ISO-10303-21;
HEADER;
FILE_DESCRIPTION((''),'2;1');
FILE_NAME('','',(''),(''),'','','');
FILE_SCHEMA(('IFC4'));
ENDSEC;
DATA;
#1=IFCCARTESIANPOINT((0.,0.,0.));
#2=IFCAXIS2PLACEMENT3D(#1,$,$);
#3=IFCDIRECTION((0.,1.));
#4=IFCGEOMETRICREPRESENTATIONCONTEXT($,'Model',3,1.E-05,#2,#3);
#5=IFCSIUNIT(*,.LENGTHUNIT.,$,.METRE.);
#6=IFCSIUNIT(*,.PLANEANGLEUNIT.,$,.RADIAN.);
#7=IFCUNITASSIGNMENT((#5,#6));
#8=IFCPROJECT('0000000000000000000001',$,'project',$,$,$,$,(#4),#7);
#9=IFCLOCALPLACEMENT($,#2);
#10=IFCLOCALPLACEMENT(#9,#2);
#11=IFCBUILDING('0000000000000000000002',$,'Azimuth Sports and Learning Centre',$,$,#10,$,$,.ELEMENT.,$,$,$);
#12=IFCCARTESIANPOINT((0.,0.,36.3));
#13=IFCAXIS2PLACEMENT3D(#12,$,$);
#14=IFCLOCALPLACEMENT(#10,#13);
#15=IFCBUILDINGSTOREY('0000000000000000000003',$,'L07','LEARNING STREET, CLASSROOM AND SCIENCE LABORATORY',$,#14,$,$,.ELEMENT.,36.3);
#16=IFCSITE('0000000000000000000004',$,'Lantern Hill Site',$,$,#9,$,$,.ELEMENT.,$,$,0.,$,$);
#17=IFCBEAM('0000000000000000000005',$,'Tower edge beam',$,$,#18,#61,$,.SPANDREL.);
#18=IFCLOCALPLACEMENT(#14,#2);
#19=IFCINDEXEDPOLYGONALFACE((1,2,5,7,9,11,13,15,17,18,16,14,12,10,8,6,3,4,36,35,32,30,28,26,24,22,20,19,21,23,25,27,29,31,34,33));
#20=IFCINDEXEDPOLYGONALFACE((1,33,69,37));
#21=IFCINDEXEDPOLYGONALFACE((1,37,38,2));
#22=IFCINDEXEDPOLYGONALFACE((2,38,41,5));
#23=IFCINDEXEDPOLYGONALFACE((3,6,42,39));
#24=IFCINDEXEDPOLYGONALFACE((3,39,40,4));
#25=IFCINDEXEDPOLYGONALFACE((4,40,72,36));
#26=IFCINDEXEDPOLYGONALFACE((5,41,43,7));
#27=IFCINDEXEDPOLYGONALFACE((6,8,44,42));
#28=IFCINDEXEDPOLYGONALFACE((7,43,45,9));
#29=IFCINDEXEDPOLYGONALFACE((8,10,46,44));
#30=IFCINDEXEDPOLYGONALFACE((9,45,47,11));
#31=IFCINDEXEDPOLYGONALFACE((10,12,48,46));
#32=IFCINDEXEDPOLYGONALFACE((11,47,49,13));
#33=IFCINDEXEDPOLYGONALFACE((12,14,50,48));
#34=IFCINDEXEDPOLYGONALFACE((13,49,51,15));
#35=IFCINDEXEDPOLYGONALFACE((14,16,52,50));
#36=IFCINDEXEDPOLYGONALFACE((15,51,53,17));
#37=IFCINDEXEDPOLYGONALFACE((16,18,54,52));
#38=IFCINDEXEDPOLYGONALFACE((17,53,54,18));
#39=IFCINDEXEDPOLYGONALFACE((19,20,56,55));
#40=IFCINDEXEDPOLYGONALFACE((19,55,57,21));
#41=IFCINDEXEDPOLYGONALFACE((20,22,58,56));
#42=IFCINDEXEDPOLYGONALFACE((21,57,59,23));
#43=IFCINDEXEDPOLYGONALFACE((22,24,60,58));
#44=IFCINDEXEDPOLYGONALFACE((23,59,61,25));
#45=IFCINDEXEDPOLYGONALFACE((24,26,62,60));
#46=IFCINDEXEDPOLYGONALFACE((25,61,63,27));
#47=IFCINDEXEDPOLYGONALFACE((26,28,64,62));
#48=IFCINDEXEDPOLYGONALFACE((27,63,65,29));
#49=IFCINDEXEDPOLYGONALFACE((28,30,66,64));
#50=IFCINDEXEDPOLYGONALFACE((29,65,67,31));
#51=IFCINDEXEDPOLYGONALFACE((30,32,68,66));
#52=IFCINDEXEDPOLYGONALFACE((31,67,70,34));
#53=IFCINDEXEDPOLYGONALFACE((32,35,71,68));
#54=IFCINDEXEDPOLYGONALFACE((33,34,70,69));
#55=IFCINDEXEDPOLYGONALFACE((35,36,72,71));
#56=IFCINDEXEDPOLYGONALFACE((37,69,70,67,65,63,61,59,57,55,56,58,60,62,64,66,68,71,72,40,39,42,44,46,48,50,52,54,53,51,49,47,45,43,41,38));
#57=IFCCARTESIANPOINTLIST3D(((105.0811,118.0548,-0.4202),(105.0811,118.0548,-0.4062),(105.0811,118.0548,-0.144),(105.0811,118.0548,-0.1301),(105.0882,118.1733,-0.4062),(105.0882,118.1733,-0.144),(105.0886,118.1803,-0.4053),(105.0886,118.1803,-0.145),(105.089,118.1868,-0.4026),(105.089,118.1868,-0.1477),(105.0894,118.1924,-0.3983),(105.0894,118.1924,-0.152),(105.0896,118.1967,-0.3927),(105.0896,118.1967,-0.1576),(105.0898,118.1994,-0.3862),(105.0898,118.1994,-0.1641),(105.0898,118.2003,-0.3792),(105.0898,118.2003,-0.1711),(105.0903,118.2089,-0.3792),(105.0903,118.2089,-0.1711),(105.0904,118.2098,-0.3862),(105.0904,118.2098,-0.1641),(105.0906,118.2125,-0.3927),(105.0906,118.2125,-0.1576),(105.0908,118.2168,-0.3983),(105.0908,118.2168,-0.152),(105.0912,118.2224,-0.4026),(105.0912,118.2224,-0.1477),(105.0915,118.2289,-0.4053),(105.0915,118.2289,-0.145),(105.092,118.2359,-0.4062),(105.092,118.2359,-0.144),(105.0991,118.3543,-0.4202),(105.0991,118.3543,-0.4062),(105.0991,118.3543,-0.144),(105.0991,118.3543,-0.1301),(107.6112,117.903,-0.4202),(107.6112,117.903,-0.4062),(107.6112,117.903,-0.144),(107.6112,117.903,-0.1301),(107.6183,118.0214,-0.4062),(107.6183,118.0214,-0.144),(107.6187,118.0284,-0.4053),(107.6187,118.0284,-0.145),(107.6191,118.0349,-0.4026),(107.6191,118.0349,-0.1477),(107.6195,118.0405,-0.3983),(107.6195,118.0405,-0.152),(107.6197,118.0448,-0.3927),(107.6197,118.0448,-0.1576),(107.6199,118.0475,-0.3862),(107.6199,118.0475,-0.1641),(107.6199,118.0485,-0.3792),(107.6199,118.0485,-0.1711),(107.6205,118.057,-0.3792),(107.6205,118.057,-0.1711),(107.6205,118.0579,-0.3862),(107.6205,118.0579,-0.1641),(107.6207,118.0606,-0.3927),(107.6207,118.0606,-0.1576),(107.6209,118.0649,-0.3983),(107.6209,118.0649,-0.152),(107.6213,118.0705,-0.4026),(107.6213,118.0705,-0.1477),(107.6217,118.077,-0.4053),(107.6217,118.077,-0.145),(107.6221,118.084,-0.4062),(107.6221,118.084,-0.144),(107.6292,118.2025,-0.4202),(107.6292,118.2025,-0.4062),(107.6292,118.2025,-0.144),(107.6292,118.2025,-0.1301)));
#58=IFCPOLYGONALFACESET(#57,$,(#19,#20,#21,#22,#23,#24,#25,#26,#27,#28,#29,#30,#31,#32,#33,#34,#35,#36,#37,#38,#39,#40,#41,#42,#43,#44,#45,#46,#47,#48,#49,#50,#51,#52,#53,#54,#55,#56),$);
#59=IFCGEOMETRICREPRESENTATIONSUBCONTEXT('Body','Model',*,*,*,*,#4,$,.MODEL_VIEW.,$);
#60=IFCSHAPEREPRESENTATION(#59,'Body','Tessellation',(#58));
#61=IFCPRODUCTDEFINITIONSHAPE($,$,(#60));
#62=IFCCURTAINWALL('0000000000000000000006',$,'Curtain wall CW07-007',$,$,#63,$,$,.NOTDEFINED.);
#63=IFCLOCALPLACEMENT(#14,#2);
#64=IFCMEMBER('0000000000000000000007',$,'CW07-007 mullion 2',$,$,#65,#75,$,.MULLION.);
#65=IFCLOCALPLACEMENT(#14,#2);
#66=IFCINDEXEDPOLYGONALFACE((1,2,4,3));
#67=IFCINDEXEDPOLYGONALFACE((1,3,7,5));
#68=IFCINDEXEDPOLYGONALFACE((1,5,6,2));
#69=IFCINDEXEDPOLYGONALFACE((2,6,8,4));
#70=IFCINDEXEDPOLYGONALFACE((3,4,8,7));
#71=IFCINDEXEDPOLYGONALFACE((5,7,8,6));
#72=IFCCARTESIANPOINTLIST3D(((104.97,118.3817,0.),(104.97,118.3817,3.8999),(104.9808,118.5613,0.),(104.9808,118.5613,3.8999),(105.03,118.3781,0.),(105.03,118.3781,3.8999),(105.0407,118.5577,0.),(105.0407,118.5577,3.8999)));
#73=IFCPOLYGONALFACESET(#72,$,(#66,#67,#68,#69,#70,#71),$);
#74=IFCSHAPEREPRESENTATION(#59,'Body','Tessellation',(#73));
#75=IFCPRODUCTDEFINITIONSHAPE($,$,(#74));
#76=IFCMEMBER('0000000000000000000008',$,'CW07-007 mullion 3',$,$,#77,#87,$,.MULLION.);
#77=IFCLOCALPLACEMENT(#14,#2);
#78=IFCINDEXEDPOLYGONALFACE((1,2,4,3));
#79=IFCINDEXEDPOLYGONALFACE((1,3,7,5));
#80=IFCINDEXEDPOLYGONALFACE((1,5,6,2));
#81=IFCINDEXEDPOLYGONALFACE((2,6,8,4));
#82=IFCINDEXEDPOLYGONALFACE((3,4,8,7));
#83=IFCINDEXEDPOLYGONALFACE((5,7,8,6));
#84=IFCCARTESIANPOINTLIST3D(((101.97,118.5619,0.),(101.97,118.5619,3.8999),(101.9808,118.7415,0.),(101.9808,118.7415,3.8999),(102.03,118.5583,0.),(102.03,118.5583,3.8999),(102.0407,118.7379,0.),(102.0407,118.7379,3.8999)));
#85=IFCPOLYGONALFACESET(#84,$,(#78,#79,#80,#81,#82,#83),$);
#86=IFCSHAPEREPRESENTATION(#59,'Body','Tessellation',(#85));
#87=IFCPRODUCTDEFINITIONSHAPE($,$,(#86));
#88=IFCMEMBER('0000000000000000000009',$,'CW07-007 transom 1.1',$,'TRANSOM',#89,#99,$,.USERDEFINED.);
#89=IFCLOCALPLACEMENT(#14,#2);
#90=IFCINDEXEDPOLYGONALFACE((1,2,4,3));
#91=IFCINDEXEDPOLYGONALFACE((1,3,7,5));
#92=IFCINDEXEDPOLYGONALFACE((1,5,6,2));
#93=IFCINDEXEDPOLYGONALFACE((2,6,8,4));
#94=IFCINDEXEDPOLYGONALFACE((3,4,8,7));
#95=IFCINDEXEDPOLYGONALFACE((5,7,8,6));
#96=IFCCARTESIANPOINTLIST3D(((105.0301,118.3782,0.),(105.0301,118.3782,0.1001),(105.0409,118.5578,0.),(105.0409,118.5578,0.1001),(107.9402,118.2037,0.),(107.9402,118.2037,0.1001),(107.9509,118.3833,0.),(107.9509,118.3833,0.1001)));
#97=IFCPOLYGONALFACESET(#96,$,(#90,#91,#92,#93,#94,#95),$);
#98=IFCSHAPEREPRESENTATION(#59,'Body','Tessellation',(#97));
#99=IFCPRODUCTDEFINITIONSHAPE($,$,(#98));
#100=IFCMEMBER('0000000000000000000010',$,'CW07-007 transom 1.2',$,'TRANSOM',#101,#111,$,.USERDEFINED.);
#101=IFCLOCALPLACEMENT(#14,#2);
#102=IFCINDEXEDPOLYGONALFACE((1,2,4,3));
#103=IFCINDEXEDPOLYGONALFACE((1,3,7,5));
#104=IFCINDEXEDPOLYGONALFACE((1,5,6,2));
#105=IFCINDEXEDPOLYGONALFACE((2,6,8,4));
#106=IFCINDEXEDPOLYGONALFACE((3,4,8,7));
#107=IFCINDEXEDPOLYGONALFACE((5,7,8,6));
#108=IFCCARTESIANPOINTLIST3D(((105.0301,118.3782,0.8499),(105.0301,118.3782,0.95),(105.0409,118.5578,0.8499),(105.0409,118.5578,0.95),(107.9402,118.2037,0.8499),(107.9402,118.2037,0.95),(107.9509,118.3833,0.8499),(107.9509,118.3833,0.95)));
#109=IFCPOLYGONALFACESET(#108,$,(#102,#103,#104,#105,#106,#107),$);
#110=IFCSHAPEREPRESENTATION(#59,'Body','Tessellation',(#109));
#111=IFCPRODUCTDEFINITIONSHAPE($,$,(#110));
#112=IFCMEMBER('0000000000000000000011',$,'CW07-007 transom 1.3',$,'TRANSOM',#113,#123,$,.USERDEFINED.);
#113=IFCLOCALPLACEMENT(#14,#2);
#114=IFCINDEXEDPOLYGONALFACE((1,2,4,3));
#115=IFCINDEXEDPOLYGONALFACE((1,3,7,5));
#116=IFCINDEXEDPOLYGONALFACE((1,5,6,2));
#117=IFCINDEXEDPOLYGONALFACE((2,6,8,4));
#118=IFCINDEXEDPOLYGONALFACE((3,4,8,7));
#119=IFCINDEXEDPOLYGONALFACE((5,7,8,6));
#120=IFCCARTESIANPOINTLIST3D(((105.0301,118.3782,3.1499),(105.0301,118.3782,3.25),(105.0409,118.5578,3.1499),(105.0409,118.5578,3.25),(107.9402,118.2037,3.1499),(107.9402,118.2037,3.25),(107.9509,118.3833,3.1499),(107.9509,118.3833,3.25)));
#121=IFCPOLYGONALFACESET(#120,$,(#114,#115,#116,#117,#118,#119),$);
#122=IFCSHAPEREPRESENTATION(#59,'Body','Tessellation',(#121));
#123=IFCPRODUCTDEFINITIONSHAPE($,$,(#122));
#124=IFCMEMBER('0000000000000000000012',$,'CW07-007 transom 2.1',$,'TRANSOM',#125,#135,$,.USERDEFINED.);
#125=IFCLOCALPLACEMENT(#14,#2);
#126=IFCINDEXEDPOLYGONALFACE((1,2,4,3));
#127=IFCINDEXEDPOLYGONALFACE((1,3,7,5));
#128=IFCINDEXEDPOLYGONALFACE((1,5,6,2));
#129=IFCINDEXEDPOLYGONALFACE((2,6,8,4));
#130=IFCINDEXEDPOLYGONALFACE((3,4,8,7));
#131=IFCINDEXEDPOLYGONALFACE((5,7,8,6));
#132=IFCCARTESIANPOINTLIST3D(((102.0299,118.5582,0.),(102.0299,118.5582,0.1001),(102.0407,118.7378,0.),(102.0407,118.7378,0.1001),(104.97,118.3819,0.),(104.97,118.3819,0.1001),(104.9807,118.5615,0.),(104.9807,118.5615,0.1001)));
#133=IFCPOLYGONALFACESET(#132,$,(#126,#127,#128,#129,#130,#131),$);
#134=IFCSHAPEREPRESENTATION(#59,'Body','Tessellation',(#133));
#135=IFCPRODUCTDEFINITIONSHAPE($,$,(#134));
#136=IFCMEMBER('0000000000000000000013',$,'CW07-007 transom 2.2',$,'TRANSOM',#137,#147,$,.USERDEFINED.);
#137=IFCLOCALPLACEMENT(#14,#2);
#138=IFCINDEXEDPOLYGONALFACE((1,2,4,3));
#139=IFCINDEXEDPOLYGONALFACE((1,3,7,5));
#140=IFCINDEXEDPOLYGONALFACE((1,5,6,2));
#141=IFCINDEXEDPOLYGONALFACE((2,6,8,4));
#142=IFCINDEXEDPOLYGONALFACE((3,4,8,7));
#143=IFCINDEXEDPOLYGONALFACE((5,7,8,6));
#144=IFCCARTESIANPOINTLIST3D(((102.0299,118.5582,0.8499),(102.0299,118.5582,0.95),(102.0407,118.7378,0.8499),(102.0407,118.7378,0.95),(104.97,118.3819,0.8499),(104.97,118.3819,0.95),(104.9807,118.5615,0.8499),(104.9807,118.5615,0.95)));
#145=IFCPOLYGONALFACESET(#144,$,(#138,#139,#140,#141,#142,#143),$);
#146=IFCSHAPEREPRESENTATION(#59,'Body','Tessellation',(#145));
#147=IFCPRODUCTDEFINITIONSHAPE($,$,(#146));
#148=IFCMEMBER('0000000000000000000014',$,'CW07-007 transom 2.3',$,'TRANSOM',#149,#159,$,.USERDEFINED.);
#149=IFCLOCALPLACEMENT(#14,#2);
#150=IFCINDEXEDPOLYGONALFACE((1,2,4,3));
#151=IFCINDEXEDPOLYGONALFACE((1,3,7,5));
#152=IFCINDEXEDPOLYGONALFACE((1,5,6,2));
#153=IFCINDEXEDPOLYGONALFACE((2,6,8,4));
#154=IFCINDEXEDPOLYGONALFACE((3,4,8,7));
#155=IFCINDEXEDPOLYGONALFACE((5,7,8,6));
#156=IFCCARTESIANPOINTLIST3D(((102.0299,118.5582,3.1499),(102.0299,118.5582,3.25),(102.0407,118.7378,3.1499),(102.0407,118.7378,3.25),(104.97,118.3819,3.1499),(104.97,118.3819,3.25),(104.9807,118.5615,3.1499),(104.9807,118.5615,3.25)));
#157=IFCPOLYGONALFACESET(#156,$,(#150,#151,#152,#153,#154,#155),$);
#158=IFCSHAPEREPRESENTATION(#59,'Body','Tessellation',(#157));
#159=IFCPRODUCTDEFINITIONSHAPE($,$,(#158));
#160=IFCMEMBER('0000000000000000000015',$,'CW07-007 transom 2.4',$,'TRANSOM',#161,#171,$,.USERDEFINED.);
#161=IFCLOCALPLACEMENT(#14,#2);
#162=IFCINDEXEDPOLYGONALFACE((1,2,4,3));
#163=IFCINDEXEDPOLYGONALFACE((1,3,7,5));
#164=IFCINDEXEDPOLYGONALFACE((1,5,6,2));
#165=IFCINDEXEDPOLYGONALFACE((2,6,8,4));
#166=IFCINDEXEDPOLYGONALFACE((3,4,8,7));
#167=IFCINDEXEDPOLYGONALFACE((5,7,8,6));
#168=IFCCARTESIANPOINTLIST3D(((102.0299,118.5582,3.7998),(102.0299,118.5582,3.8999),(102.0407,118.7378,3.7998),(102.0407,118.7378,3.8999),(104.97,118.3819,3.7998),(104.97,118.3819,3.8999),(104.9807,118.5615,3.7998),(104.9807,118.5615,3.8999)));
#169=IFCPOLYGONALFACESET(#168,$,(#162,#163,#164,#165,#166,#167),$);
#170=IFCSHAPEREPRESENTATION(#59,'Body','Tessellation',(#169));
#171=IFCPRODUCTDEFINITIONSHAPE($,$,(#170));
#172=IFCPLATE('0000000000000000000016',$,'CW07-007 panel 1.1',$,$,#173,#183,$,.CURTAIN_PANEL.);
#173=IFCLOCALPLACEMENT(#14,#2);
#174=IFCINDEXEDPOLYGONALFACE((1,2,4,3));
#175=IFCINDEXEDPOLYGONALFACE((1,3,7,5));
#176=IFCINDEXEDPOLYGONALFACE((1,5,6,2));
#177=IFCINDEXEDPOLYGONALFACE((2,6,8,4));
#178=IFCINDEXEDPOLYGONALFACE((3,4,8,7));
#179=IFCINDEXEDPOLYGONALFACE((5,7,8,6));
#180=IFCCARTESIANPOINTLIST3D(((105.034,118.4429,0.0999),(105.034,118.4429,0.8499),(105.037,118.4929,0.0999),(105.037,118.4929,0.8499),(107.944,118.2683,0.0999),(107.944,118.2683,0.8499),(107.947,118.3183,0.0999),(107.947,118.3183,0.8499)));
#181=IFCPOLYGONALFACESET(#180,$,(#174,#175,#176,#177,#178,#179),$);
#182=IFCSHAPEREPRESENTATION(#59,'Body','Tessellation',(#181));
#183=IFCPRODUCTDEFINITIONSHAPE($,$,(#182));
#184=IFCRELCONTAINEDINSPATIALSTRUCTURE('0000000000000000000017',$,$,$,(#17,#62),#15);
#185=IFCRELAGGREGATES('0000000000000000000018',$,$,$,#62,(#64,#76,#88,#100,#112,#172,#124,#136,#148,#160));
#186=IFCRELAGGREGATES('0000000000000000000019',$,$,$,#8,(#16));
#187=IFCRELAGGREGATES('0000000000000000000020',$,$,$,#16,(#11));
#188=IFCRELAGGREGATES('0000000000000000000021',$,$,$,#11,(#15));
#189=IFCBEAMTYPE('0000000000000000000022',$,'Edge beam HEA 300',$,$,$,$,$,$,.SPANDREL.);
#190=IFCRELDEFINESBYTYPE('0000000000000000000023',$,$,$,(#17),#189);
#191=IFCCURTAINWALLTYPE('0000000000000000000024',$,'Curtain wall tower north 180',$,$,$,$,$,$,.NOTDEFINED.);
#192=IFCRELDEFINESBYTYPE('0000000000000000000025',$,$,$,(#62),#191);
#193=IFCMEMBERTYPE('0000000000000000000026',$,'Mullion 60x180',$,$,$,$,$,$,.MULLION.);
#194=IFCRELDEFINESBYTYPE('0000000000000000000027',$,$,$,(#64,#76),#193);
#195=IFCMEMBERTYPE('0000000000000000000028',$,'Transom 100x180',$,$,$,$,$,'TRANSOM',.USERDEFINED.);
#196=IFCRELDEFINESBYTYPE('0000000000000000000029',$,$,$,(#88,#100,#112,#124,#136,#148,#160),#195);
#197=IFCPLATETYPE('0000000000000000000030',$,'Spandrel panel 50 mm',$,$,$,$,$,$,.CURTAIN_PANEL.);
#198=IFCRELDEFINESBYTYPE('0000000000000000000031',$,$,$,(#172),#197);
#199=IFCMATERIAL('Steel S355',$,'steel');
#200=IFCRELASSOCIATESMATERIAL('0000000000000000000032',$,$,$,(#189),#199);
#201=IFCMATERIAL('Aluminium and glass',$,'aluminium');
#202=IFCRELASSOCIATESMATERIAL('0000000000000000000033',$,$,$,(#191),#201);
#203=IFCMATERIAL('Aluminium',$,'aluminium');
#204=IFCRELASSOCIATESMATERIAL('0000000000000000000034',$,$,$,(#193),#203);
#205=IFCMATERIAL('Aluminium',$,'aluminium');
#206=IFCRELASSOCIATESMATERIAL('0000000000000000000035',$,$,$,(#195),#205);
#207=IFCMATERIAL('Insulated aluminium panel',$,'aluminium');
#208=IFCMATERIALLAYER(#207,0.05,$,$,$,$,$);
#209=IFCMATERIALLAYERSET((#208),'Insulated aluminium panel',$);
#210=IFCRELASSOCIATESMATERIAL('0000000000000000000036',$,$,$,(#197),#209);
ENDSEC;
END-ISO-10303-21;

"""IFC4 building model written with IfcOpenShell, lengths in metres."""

from ifc_helpers import new_model, si_unit, direction, frame, origin, origin_2d, place, context, subcontext, project, spatial, rectangle, i_section, extrude, material, layer, layer_set, material_profile, profile_set, type_object, element, aggregate, save


model = new_model("IFC4")

# Units and contexts
model_context = context("Model", 3, precision=1e-05, world=origin(), true_north=direction((0.0, 1.0)))
body_context = subcontext(model_context, "Body", "Model", "MODEL_VIEW")
ifc_project = project(units=[si_unit("LENGTHUNIT", "METRE"), si_unit("PLANEANGLEUNIT", "RADIAN")], contexts=[model_context])

# Site, building, storey
site_placement = place(None, origin())
site = spatial("IfcSite", under=ifc_project, at=site_placement, Name="Lantern Hill Site", CompositionType="ELEMENT", RefElevation=0.0)
building_placement = place(site_placement, origin())
building = spatial("IfcBuilding", under=site, at=building_placement, Name="Azimuth Sports and Learning Centre", CompositionType="ELEMENT")
storey_placement = place(building_placement, frame((0.0, 0.0, 36.3)))
storey = spatial("IfcBuildingStorey", under=building, at=storey_placement, Name="L07", Description="LEARNING STREET, CLASSROOM AND SCIENCE LABORATORY", CompositionType="ELEMENT", Elevation=36.3)

# Beam
ifc_material_1 = material(Name="Steel S355", Category="steel")
ifc_material_profile_1 = material_profile(ifc_material_1, i_section(OverallWidth=0.3, OverallDepth=0.29, WebThickness=0.0085, FlangeThickness=0.0139, FilletRadius=0.0271, at=origin_2d()), Name="HEA 300")
ifc_profile_set_1 = profile_set([ifc_material_profile_1], Name="Steel S355")
beam_type_1 = type_object("IfcBeamType", Name="Edge beam HEA 300", PredefinedType="SPANDREL", material=ifc_profile_set_1)
beam_1_placement = place(storey_placement, frame((105.0901, 118.2046, -0.2751), z_axis=(0.998204, -0.059913, 0.0), x_axis=(0.059913, 0.998204, 0.0)))
element("IfcBeam", 1, at=beam_1_placement, inside=storey, type_object=beam_type_1, Name="Tower edge beam", PredefinedType="SPANDREL", context=body_context, shape_type="SweptSolid", body=[
    extrude(i_section(OverallWidth=0.3, OverallDepth=0.29, WebThickness=0.0085, FlangeThickness=0.0139, FilletRadius=0.0271, at=origin_2d()), origin(), (0.0, 0.0, 1.0), 2.5347),
])

# Curtain wall, members, plate
ifc_material_2 = material(Name="Aluminium and glass", Category="aluminium")
curtain_wall_type = type_object("IfcCurtainWallType", Name="Curtain wall tower north 180", PredefinedType="NOTDEFINED", material=ifc_material_2)
curtain_wall_placement = place(storey_placement, origin())
curtain_wall = element("IfcCurtainWall", 2, at=curtain_wall_placement, inside=storey, type_object=curtain_wall_type, Name="Curtain wall CW07-007", PredefinedType="NOTDEFINED")
ifc_material_3 = material(Name="Aluminium", Category="aluminium")
ifc_material_profile_2 = material_profile(ifc_material_3, rectangle(XDim=0.1799, YDim=0.0601, at=origin_2d()), Name="Mullion 60x180")
ifc_profile_set_2 = profile_set([ifc_material_profile_2], Name="Aluminium")
member_type_1 = type_object("IfcMemberType", Name="Mullion 60x180", PredefinedType="MULLION", material=ifc_profile_set_2)
member_1_placement = place(storey_placement, frame((105.0054, 118.4697, 0.0), z_axis=(0.0, 0.0, 1.0), x_axis=(-0.059892, -0.998205, 0.0)))
member_1 = element("IfcMember", 3, at=member_1_placement, type_object=member_type_1, Name="CW07-007 mullion 2", PredefinedType="MULLION", context=body_context, shape_type="SweptSolid", body=[
    extrude(rectangle(XDim=0.1799, YDim=0.0601, at=origin_2d()), origin(), (0.0, 0.0, 1.0), 3.8999),
])
member_2_placement = place(storey_placement, frame((102.0054, 118.6499, 0.0), z_axis=(0.0, 0.0, 1.0), x_axis=(-0.059892, -0.998205, 0.0)))
member_2 = element("IfcMember", 4, at=member_2_placement, type_object=member_type_1, Name="CW07-007 mullion 3", PredefinedType="MULLION", context=body_context, shape_type="SweptSolid", body=[
    extrude(rectangle(XDim=0.1799, YDim=0.0601, at=origin_2d()), origin(), (0.0, 0.0, 1.0), 3.8999),
])
ifc_material_4 = material(Name="Aluminium", Category="aluminium")
ifc_material_profile_3 = material_profile(ifc_material_4, rectangle(XDim=0.1799, YDim=0.1001, at=origin_2d()), Name="Transom 100x180")
ifc_profile_set_3 = profile_set([ifc_material_profile_3], Name="Aluminium")
member_type_2 = type_object("IfcMemberType", Name="Transom 100x180", ElementType="TRANSOM", PredefinedType="USERDEFINED", material=ifc_profile_set_3)
member_3_placement = place(storey_placement, frame((107.9456, 118.2935, 0.05), z_axis=(-0.998206, 0.059876, 0.0), x_axis=(-0.059876, -0.998206, 0.0)))
member_3 = element("IfcMember", 5, at=member_3_placement, type_object=member_type_2, Name="CW07-007 transom 1.1", ObjectType="TRANSOM", PredefinedType="USERDEFINED", context=body_context, shape_type="SweptSolid", body=[
    extrude(rectangle(XDim=0.1799, YDim=0.1001, at=origin_2d()), origin(), (0.0, 0.0, 1.0), 2.9153),
])
member_4_placement = place(storey_placement, frame((107.9456, 118.2935, 0.8999), z_axis=(-0.998206, 0.059876, 0.0), x_axis=(-0.059876, -0.998206, 0.0)))
member_4 = element("IfcMember", 6, at=member_4_placement, type_object=member_type_2, Name="CW07-007 transom 1.2", ObjectType="TRANSOM", PredefinedType="USERDEFINED", context=body_context, shape_type="SweptSolid", body=[
    extrude(rectangle(XDim=0.1799, YDim=0.1001, at=origin_2d()), origin(), (0.0, 0.0, 1.0), 2.9153),
])
member_5_placement = place(storey_placement, frame((107.9456, 118.2935, 3.2), z_axis=(-0.998206, 0.059876, 0.0), x_axis=(-0.059876, -0.998206, 0.0)))
member_5 = element("IfcMember", 7, at=member_5_placement, type_object=member_type_2, Name="CW07-007 transom 1.3", ObjectType="TRANSOM", PredefinedType="USERDEFINED", context=body_context, shape_type="SweptSolid", body=[
    extrude(rectangle(XDim=0.1799, YDim=0.1001, at=origin_2d()), origin(), (0.0, 0.0, 1.0), 2.9153),
])
member_6_placement = place(storey_placement, frame((104.9753, 118.4717, 0.05), z_axis=(-0.998207, 0.059849, 0.0), x_axis=(-0.059849, -0.998207, 0.0)))
member_6 = element("IfcMember", 8, at=member_6_placement, type_object=member_type_2, Name="CW07-007 transom 2.1", ObjectType="TRANSOM", PredefinedType="USERDEFINED", context=body_context, shape_type="SweptSolid", body=[
    extrude(rectangle(XDim=0.1799, YDim=0.1001, at=origin_2d()), origin(), (0.0, 0.0, 1.0), 2.9453),
])
member_7_placement = place(storey_placement, frame((104.9753, 118.4717, 0.8999), z_axis=(-0.998207, 0.059849, 0.0), x_axis=(-0.059849, -0.998207, 0.0)))
member_7 = element("IfcMember", 9, at=member_7_placement, type_object=member_type_2, Name="CW07-007 transom 2.2", ObjectType="TRANSOM", PredefinedType="USERDEFINED", context=body_context, shape_type="SweptSolid", body=[
    extrude(rectangle(XDim=0.1799, YDim=0.1001, at=origin_2d()), origin(), (0.0, 0.0, 1.0), 2.9453),
])
member_8_placement = place(storey_placement, frame((104.9753, 118.4717, 3.2), z_axis=(-0.998207, 0.059849, 0.0), x_axis=(-0.059849, -0.998207, 0.0)))
member_8 = element("IfcMember", 10, at=member_8_placement, type_object=member_type_2, Name="CW07-007 transom 2.3", ObjectType="TRANSOM", PredefinedType="USERDEFINED", context=body_context, shape_type="SweptSolid", body=[
    extrude(rectangle(XDim=0.1799, YDim=0.1001, at=origin_2d()), origin(), (0.0, 0.0, 1.0), 2.9453),
])
member_9_placement = place(storey_placement, frame((104.9753, 118.4717, 3.8499), z_axis=(-0.998207, 0.059849, 0.0), x_axis=(-0.059849, -0.998207, 0.0)))
member_9 = element("IfcMember", 11, at=member_9_placement, type_object=member_type_2, Name="CW07-007 transom 2.4", ObjectType="TRANSOM", PredefinedType="USERDEFINED", context=body_context, shape_type="SweptSolid", body=[
    extrude(rectangle(XDim=0.1799, YDim=0.1001, at=origin_2d()), origin(), (0.0, 0.0, 1.0), 2.9453),
])
ifc_material_5 = material(Name="Insulated aluminium panel", Category="aluminium")
ifc_layer_1 = layer(ifc_material_5, 0.05)
ifc_layer_set_1 = layer_set([ifc_layer_1], Name="Insulated aluminium panel")
plate_type_1 = type_object("IfcPlateType", Name="Spandrel panel 50 mm", PredefinedType="CURTAIN_PANEL", material=ifc_layer_set_1)
plate_1_placement = place(storey_placement, frame((106.4905, 118.3806, 0.0999), z_axis=(0.0, 0.0, 1.0), x_axis=(-0.998205, 0.059892, 0.0)))
plate_1 = element("IfcPlate", 12, at=plate_1_placement, type_object=plate_type_1, Name="CW07-007 panel 1.1", PredefinedType="CURTAIN_PANEL", context=body_context, shape_type="SweptSolid", body=[
    extrude(rectangle(XDim=2.9153, YDim=0.05, at=origin_2d()), origin(), (0.0, 0.0, 1.0), 0.75),
])
aggregate(curtain_wall, [member_1, member_2, member_3, member_4, member_5, plate_1, member_6, member_7, member_8, member_9])

save(model, "model.ifc")
